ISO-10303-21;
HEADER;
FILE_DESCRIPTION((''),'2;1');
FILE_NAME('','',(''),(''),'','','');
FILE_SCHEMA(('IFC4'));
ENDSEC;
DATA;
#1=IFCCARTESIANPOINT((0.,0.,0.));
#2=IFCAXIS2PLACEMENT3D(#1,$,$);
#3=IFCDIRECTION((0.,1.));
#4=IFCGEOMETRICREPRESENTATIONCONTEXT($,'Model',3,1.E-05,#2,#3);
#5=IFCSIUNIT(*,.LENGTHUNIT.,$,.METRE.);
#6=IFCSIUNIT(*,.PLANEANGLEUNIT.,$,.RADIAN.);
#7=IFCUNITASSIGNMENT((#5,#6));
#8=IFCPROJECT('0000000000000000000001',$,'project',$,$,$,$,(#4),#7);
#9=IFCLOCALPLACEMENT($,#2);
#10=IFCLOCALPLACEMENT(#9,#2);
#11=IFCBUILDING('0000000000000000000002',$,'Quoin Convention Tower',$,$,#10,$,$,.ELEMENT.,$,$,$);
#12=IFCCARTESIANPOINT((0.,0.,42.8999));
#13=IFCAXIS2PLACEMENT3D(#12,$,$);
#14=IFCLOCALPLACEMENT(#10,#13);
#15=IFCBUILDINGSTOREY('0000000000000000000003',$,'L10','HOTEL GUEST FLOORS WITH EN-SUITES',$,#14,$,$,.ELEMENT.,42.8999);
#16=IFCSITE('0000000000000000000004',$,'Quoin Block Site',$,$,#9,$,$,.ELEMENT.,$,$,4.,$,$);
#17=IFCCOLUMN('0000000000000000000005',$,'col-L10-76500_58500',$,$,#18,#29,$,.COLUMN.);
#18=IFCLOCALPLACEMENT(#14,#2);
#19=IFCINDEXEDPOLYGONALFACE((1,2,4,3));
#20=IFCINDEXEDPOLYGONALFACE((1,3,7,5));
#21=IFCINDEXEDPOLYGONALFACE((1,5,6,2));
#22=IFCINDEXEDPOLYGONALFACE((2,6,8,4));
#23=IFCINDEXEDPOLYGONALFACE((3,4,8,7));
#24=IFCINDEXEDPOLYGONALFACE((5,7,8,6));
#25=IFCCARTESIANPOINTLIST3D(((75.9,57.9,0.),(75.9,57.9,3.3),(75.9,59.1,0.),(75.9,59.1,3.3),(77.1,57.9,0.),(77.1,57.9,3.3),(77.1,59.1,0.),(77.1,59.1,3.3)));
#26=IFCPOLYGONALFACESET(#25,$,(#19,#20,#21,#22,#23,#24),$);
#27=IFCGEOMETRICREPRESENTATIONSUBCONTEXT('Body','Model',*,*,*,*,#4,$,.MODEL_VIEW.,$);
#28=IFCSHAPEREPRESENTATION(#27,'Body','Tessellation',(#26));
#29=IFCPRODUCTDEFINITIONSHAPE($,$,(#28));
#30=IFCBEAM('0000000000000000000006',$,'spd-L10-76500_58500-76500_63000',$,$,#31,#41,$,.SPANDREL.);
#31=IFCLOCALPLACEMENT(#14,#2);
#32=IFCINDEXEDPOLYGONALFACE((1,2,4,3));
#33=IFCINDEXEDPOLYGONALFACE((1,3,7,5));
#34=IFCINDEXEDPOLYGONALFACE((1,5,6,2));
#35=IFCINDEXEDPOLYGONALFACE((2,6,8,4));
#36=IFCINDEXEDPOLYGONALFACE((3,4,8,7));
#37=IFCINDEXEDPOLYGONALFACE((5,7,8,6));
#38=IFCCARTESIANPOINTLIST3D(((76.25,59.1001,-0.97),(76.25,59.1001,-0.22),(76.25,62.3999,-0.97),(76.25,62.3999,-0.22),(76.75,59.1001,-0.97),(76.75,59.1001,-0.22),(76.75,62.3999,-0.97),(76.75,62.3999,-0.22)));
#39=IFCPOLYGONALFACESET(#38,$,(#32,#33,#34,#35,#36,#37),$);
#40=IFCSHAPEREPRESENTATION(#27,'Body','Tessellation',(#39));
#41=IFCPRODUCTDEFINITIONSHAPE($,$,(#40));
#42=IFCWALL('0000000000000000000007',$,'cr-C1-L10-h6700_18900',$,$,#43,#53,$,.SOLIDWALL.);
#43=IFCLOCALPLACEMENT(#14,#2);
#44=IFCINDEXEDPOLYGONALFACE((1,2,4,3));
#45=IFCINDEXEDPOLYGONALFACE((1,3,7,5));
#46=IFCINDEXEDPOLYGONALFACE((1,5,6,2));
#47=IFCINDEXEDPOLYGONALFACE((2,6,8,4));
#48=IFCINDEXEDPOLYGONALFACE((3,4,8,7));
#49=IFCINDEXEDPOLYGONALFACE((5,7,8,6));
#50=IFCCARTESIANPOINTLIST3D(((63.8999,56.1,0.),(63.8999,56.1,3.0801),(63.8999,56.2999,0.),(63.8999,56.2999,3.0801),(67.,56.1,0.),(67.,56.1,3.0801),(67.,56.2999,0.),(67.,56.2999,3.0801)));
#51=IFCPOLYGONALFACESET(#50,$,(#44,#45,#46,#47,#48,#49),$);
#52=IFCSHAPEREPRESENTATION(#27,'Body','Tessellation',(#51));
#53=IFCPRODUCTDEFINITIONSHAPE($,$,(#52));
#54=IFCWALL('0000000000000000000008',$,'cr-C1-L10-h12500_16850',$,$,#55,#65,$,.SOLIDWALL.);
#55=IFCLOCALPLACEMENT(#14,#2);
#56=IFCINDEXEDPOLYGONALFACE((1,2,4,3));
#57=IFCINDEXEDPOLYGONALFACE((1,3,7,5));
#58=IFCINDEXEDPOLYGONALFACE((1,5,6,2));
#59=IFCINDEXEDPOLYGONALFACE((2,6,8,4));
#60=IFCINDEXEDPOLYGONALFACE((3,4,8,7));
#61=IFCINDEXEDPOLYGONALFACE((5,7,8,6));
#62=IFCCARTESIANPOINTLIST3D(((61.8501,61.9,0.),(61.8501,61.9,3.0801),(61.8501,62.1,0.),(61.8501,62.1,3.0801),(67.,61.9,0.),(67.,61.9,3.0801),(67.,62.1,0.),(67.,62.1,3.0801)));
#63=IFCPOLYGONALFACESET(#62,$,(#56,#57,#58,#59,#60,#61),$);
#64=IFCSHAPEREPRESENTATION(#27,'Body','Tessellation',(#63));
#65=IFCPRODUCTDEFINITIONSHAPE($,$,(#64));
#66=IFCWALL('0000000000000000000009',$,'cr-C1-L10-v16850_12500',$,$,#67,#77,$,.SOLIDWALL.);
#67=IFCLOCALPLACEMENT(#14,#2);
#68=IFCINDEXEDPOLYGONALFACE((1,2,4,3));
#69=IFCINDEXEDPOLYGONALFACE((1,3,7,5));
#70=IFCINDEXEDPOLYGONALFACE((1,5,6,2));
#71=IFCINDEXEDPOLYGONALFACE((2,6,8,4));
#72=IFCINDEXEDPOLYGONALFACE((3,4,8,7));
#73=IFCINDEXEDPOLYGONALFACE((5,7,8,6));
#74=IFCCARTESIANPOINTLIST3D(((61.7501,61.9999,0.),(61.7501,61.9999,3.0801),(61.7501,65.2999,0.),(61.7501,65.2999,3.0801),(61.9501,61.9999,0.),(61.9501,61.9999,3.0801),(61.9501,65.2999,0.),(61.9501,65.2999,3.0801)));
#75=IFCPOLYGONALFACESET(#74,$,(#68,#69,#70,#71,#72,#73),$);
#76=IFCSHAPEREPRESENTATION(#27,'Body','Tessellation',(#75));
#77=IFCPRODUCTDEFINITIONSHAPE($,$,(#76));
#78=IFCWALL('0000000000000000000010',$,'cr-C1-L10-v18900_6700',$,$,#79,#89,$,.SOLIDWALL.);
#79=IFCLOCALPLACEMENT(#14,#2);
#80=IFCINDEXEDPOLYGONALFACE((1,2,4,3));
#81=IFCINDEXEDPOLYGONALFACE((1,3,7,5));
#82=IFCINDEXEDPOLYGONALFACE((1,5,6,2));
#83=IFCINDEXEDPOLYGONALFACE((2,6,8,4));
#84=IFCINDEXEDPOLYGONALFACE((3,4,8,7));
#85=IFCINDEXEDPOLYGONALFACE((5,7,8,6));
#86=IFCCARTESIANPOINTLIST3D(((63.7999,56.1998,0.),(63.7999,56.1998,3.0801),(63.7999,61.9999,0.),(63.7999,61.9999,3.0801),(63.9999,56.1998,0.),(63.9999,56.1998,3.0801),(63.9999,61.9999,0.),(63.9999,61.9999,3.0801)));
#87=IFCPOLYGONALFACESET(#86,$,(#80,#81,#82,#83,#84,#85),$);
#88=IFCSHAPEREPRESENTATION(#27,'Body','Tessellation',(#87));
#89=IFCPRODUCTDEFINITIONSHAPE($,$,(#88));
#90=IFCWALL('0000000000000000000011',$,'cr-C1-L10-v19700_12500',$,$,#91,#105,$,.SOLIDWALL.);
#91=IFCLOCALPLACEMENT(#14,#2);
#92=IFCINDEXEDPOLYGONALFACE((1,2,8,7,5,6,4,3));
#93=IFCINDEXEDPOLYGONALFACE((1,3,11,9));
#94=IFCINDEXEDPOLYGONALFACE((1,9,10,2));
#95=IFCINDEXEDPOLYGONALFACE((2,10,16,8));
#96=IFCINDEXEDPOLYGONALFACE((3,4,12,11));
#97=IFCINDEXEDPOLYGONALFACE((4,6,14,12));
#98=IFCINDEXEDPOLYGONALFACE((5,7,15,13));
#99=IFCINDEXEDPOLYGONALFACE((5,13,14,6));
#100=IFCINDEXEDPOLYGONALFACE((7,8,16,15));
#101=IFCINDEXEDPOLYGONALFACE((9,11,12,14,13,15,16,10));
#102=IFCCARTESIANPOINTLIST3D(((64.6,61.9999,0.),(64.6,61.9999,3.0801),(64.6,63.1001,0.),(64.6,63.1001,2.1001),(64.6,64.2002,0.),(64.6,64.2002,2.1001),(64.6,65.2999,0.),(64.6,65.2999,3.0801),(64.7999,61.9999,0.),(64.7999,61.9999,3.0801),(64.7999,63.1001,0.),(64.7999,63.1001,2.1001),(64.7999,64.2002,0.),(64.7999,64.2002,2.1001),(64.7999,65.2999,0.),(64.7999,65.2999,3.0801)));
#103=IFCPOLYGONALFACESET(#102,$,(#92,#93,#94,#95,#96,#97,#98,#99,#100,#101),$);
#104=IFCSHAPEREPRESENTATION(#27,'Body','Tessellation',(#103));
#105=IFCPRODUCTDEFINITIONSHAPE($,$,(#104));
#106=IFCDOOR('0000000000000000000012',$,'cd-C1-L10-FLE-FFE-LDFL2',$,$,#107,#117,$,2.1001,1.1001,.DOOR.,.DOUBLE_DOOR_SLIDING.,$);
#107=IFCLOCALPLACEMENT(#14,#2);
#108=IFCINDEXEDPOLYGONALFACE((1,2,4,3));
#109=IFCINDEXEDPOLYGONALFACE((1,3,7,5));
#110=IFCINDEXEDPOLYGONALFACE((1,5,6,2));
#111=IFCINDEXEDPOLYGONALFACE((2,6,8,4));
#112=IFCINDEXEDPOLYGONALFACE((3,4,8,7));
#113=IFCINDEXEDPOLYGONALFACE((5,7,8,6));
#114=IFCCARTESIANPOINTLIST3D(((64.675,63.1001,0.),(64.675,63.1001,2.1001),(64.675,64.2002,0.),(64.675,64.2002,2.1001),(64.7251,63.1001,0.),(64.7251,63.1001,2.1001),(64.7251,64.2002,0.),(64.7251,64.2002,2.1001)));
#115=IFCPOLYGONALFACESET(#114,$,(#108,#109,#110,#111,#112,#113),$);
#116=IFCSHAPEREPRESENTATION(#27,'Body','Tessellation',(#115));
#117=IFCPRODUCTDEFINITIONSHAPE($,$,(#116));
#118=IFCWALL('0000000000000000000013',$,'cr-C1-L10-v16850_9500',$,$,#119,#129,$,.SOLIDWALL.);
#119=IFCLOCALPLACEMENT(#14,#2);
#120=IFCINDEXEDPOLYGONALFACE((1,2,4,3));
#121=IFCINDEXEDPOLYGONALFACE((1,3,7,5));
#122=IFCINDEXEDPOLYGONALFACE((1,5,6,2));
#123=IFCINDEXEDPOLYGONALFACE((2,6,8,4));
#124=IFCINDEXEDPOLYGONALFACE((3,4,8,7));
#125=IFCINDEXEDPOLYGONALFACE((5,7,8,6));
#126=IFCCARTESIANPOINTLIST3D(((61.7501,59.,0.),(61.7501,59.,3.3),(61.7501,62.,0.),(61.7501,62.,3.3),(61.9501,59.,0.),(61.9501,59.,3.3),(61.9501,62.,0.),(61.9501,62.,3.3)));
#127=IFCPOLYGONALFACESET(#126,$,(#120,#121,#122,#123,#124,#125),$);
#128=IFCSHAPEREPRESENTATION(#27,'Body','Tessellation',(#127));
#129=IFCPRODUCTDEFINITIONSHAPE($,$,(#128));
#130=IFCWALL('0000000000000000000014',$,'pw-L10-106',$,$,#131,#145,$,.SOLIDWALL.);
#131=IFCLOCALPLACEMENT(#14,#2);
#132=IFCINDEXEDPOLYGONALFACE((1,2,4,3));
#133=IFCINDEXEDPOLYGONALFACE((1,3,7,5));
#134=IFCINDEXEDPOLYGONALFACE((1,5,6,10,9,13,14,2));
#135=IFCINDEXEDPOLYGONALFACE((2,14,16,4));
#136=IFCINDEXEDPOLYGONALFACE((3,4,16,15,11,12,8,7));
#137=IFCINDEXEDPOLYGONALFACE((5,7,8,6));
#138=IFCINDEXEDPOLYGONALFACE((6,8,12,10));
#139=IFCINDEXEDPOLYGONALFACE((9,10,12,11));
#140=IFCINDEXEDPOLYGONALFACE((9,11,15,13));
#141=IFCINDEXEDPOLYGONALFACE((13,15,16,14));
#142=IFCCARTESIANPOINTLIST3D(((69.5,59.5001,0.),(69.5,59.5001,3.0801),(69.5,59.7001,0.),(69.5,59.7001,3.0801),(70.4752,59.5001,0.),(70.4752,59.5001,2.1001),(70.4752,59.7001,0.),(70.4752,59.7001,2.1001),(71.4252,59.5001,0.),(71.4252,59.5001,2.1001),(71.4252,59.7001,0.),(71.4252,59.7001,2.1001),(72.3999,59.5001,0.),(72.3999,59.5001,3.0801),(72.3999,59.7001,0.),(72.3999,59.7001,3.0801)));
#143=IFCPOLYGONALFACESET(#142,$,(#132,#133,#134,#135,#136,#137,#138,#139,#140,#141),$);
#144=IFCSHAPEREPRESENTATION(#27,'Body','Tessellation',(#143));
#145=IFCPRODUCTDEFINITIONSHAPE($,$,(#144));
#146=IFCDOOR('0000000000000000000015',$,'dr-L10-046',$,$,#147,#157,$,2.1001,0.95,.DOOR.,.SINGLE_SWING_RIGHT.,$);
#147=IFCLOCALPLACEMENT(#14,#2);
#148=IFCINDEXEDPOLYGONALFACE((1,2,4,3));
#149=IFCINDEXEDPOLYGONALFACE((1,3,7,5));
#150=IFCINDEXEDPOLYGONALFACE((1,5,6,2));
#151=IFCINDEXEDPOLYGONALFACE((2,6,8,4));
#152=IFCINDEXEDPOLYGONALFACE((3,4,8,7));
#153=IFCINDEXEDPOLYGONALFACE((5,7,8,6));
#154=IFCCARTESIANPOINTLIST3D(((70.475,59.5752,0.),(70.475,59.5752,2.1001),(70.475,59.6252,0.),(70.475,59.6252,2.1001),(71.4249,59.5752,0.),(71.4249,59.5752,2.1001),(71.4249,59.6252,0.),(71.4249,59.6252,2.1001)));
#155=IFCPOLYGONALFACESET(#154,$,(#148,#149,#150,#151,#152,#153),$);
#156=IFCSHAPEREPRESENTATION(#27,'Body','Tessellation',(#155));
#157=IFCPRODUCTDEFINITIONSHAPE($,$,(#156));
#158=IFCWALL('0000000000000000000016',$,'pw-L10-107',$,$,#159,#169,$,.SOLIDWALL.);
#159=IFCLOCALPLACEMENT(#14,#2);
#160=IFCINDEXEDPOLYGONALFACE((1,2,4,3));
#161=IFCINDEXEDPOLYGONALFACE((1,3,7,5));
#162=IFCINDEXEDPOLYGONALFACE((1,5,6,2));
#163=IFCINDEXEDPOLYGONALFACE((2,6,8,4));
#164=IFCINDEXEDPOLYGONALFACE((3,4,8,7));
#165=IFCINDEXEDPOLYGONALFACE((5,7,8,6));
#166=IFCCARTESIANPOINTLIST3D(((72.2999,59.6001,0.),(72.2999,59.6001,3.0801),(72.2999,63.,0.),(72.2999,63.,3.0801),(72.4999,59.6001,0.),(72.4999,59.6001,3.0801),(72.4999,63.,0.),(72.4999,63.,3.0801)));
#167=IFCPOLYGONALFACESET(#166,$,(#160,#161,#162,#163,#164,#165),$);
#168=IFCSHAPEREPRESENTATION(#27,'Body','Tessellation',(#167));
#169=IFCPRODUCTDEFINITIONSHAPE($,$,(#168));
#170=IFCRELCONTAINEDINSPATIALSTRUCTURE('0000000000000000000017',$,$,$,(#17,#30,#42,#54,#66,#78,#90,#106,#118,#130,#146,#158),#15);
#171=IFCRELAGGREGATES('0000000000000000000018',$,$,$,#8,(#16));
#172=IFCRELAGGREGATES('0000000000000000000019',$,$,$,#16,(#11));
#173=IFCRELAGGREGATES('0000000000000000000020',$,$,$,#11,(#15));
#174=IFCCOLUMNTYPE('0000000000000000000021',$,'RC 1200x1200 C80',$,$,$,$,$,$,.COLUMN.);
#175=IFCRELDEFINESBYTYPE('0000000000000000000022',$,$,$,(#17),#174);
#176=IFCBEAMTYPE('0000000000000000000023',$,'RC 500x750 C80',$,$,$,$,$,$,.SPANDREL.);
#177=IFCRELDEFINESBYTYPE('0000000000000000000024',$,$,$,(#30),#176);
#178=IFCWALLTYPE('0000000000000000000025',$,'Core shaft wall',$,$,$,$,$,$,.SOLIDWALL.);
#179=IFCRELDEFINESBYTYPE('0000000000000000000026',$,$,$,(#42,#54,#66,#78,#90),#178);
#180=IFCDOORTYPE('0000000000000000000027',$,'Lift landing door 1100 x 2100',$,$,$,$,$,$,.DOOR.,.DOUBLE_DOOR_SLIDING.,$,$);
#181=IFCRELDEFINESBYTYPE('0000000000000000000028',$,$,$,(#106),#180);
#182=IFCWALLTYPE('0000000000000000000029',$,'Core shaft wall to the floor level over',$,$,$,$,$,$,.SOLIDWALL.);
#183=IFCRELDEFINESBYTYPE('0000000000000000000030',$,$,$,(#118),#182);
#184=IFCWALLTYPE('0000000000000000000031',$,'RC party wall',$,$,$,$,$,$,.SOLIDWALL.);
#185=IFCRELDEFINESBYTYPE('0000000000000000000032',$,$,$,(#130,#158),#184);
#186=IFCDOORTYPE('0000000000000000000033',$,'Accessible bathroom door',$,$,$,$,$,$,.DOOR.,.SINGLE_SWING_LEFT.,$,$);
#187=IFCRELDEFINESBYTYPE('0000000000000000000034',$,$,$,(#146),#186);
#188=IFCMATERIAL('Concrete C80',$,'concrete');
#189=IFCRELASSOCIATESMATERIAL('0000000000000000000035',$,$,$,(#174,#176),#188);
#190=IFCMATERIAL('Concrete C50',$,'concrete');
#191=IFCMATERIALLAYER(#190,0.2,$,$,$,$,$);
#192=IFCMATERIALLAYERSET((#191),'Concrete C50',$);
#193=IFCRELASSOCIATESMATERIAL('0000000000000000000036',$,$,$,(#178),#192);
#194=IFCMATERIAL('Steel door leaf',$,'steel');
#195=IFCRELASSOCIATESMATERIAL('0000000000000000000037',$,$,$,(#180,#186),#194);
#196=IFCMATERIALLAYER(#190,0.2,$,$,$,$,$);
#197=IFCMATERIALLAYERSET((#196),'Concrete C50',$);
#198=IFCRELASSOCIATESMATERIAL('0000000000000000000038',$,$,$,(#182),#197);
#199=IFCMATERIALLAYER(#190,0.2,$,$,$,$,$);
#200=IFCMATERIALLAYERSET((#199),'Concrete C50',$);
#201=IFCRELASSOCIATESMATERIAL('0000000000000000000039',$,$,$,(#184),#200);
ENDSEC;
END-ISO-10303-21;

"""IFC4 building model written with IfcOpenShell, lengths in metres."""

from ifc_helpers import new_model, si_unit, direction, frame, frame_2d, origin, origin_2d, place, context, subcontext, project, spatial, rectangle, extrude, material, layer, layer_set, material_profile, profile_set, type_object, element, fill, save


model = new_model("IFC4")

# Units and contexts
model_context = context("Model", 3, precision=1e-05, world=origin(), true_north=direction((0.0, 1.0)))
body_context = subcontext(model_context, "Body", "Model", "MODEL_VIEW")
ifc_project = project(units=[si_unit("LENGTHUNIT", "METRE"), si_unit("PLANEANGLEUNIT", "RADIAN")], contexts=[model_context])

# Site, building, storey
site_placement = place(None, origin())
site = spatial("IfcSite", under=ifc_project, at=site_placement, Name="Quoin Block Site", CompositionType="ELEMENT", RefElevation=4.0)
building_placement = place(site_placement, origin())
building = spatial("IfcBuilding", under=site, at=building_placement, Name="Quoin Convention Tower", CompositionType="ELEMENT")
storey_placement = place(building_placement, frame((0.0, 0.0, 42.8999)))
storey = spatial("IfcBuildingStorey", under=building, at=storey_placement, Name="L10", Description="HOTEL GUEST FLOORS WITH EN-SUITES", CompositionType="ELEMENT", Elevation=42.8999)

# Column
ifc_material_1 = material(Name="Concrete C80", Category="concrete")
ifc_material_profile_1 = material_profile(ifc_material_1, rectangle(XDim=1.2, YDim=1.2, at=origin_2d()), Name="RC 1200x1200")
ifc_profile_set_1 = profile_set([ifc_material_profile_1], Name="Concrete C80")
column_type = type_object("IfcColumnType", Name="RC 1200x1200 C80", PredefinedType="COLUMN", material=ifc_profile_set_1)
column_placement = place(storey_placement, frame((76.5, 58.5, 0.0), z_axis=(0.0, 0.0, 1.0), x_axis=(1.0, 0.0, 0.0)))
element("IfcColumn", 1, at=column_placement, inside=storey, type_object=column_type, Name="col-L10-76500_58500", PredefinedType="COLUMN", context=body_context, shape_type="SweptSolid", body=[
    extrude(rectangle(XDim=1.2, YDim=1.2, at=origin_2d()), origin(), (0.0, 0.0, 1.0), 3.3),
])

# Beam
ifc_material_profile_2 = material_profile(ifc_material_1, rectangle(XDim=0.5, YDim=0.75, at=origin_2d()), Name="RC 500x750")
ifc_profile_set_2 = profile_set([ifc_material_profile_2], Name="Concrete C80")
beam_type = type_object("IfcBeamType", Name="RC 500x750 C80", PredefinedType="SPANDREL", material=ifc_profile_set_2)
beam_placement = place(storey_placement, frame((76.5, 59.1001, -0.595), z_axis=(0.0, 1.0, 0.0), x_axis=(-1.0, 0.0, 0.0)))
element("IfcBeam", 2, at=beam_placement, inside=storey, type_object=beam_type, Name="spd-L10-76500_58500-76500_63000", PredefinedType="SPANDREL", context=body_context, shape_type="SweptSolid", body=[
    extrude(rectangle(XDim=0.5, YDim=0.75, at=origin_2d()), origin(), (0.0, 0.0, 1.0), 3.2998),
])

# Walls
ifc_material_2 = material(Name="Concrete C50", Category="concrete")
ifc_layer_1 = layer(ifc_material_2, 0.2)
ifc_layer_set_1 = layer_set([ifc_layer_1], Name="Concrete C50")
wall_type_1 = type_object("IfcWallType", Name="Core shaft wall", PredefinedType="SOLIDWALL", material=ifc_layer_set_1)
wall_1_placement = place(storey_placement, frame((63.8999, 56.2, 0.0), z_axis=(0.0, 0.0, 1.0), x_axis=(1.0, 0.0, 0.0)))
element("IfcWall", 3, at=wall_1_placement, inside=storey, type_object=wall_type_1, Name="cr-C1-L10-h6700_18900", PredefinedType="SOLIDWALL", context=body_context, shape_type="SweptSolid", body=[
    extrude(rectangle(XDim=3.1001, YDim=0.2, at=frame_2d((1.55, 0.0))), origin(), (0.0, 0.0, 1.0), 3.0801),
])
wall_2_placement = place(storey_placement, frame((61.8501, 62.0, 0.0), z_axis=(0.0, 0.0, 1.0), x_axis=(1.0, 0.0, 0.0)))
element("IfcWall", 4, at=wall_2_placement, inside=storey, type_object=wall_type_1, Name="cr-C1-L10-h12500_16850", PredefinedType="SOLIDWALL", context=body_context, shape_type="SweptSolid", body=[
    extrude(rectangle(XDim=5.1499, YDim=0.2, at=frame_2d((2.575, 0.0))), origin(), (0.0, 0.0, 1.0), 3.0801),
])
wall_3_placement = place(storey_placement, frame((61.8501, 62.0, 0.0), z_axis=(0.0, 0.0, 1.0), x_axis=(0.0, 1.0, 0.0)))
element("IfcWall", 5, at=wall_3_placement, inside=storey, type_object=wall_type_1, Name="cr-C1-L10-v16850_12500", PredefinedType="SOLIDWALL", context=body_context, shape_type="SweptSolid", body=[
    extrude(rectangle(XDim=3.3, YDim=0.2, at=frame_2d((1.6499, 0.0))), origin(), (0.0, 0.0, 1.0), 3.0801),
])
wall_4_placement = place(storey_placement, frame((63.8999, 56.2, 0.0), z_axis=(0.0, 0.0, 1.0), x_axis=(0.0, 1.0, 0.0)))
element("IfcWall", 6, at=wall_4_placement, inside=storey, type_object=wall_type_1, Name="cr-C1-L10-v18900_6700", PredefinedType="SOLIDWALL", context=body_context, shape_type="SweptSolid", body=[
    extrude(rectangle(XDim=5.8, YDim=0.2, at=frame_2d((2.8999, 0.0))), origin(), (0.0, 0.0, 1.0), 3.0801),
])

# Wall, opening, door
wall_5_placement = place(storey_placement, frame((64.7, 62.0, 0.0), z_axis=(0.0, 0.0, 1.0), x_axis=(0.0, 1.0, 0.0)))
wall_5 = element("IfcWall", 7, at=wall_5_placement, inside=storey, type_object=wall_type_1, Name="cr-C1-L10-v19700_12500", PredefinedType="SOLIDWALL", context=body_context, shape_type="SweptSolid", body=[
    extrude(rectangle(XDim=3.3, YDim=0.2, at=frame_2d((1.6499, 0.0))), origin(), (0.0, 0.0, 1.0), 3.0801),
])
opening_1_placement = place(wall_5_placement, frame((1.1001, 0.0, 0.0)))
opening_1 = element("IfcOpeningElement", 8, at=opening_1_placement, cuts=wall_5, PredefinedType="OPENING", context=body_context, shape_type="SweptSolid", body=[
    extrude(rectangle(XDim=1.1001, YDim=2.1001, at=frame_2d((0.55, 1.05))), frame((0.0, 0.1099, 0.0), z_axis=(0.0, -1.0, 0.0), x_axis=(1.0, 0.0, 0.0)), (0.0, 0.0, 1.0), 0.22),
])
ifc_material_3 = material(Name="Steel door leaf", Category="steel")
door_type_1 = type_object("IfcDoorType", Name="Lift landing door 1100 x 2100", OperationType="DOUBLE_DOOR_SLIDING", PredefinedType="DOOR", material=ifc_material_3)
door_1_placement = place(opening_1_placement, origin())
door_1 = element("IfcDoor", 9, at=door_1_placement, inside=storey, type_object=door_type_1, Name="cd-C1-L10-FLE-FFE-LDFL2", OperationType="DOUBLE_DOOR_SLIDING", OverallHeight=2.1001, OverallWidth=1.1001, PredefinedType="DOOR", context=body_context, shape_type="SweptSolid", body=[
    extrude(rectangle(XDim=1.1001, YDim=2.1001, at=frame_2d((0.55, 1.05))), frame((0.0, 0.0249, 0.0), z_axis=(0.0, -1.0, 0.0), x_axis=(1.0, 0.0, 0.0)), (0.0, 0.0, 1.0), 0.05),
])
fill(opening_1, door_1)

# Wall
ifc_layer_2 = layer(ifc_material_2, 0.2)
ifc_layer_set_2 = layer_set([ifc_layer_2], Name="Concrete C50")
wall_type_2 = type_object("IfcWallType", Name="Core shaft wall to the floor level over", PredefinedType="SOLIDWALL", material=ifc_layer_set_2)
wall_6_placement = place(storey_placement, frame((61.8501, 59.0, 0.0), z_axis=(0.0, 0.0, 1.0), x_axis=(0.0, 1.0, 0.0)))
element("IfcWall", 10, at=wall_6_placement, inside=storey, type_object=wall_type_2, Name="cr-C1-L10-v16850_9500", PredefinedType="SOLIDWALL", context=body_context, shape_type="SweptSolid", body=[
    extrude(rectangle(XDim=3.0, YDim=0.2, at=frame_2d((1.5, 0.0))), origin(), (0.0, 0.0, 1.0), 3.3),
])

# Wall, opening, door
ifc_layer_3 = layer(ifc_material_2, 0.2)
ifc_layer_set_3 = layer_set([ifc_layer_3], Name="Concrete C50")
wall_type_3 = type_object("IfcWallType", Name="RC party wall", PredefinedType="SOLIDWALL", material=ifc_layer_set_3)
wall_7_placement = place(storey_placement, frame((69.5, 59.6001, 0.0), z_axis=(0.0, 0.0, 1.0), x_axis=(1.0, 0.0, 0.0)))
wall_7 = element("IfcWall", 11, at=wall_7_placement, inside=storey, type_object=wall_type_3, Name="pw-L10-106", PredefinedType="SOLIDWALL", context=body_context, shape_type="SweptSolid", body=[
    extrude(rectangle(XDim=2.8999, YDim=0.2, at=frame_2d((1.45, 0.0))), origin(), (0.0, 0.0, 1.0), 3.0801),
])
opening_2_placement = place(wall_7_placement, frame((0.9751, 0.0, 0.0)))
opening_2 = element("IfcOpeningElement", 12, at=opening_2_placement, cuts=wall_7, PredefinedType="OPENING", context=body_context, shape_type="SweptSolid", body=[
    extrude(rectangle(XDim=0.95, YDim=2.1001, at=frame_2d((0.4751, 1.05))), frame((0.0, 0.1099, 0.0), z_axis=(0.0, -1.0, 0.0), x_axis=(1.0, 0.0, 0.0)), (0.0, 0.0, 1.0), 0.22),
])
door_type_2 = type_object("IfcDoorType", Name="Accessible bathroom door", OperationType="SINGLE_SWING_LEFT", PredefinedType="DOOR", material=ifc_material_3)
door_2_placement = place(opening_2_placement, frame((0.95, 0.0, 0.0), z_axis=(0.0, 0.0, 1.0), x_axis=(-1.0, 0.0, 0.0)))
door_2 = element("IfcDoor", 13, at=door_2_placement, inside=storey, type_object=door_type_2, Name="dr-L10-046", OperationType="SINGLE_SWING_RIGHT", OverallHeight=2.1001, OverallWidth=0.95, PredefinedType="DOOR", context=body_context, shape_type="SweptSolid", body=[
    extrude(rectangle(XDim=0.95, YDim=2.1001, at=frame_2d((0.4751, 1.05))), frame((0.0, 0.0249, 0.0), z_axis=(0.0, -1.0, 0.0), x_axis=(1.0, 0.0, 0.0)), (0.0, 0.0, 1.0), 0.05),
])
fill(opening_2, door_2)

# Wall
wall_8_placement = place(storey_placement, frame((72.3999, 59.6001, 0.0), z_axis=(0.0, 0.0, 1.0), x_axis=(0.0, 1.0, 0.0)))
element("IfcWall", 14, at=wall_8_placement, inside=storey, type_object=wall_type_3, Name="pw-L10-107", PredefinedType="SOLIDWALL", context=body_context, shape_type="SweptSolid", body=[
    extrude(rectangle(XDim=3.3999, YDim=0.2, at=frame_2d((1.7, 0.0))), origin(), (0.0, 0.0, 1.0), 3.0801),
])

save(model, "model.ifc")
